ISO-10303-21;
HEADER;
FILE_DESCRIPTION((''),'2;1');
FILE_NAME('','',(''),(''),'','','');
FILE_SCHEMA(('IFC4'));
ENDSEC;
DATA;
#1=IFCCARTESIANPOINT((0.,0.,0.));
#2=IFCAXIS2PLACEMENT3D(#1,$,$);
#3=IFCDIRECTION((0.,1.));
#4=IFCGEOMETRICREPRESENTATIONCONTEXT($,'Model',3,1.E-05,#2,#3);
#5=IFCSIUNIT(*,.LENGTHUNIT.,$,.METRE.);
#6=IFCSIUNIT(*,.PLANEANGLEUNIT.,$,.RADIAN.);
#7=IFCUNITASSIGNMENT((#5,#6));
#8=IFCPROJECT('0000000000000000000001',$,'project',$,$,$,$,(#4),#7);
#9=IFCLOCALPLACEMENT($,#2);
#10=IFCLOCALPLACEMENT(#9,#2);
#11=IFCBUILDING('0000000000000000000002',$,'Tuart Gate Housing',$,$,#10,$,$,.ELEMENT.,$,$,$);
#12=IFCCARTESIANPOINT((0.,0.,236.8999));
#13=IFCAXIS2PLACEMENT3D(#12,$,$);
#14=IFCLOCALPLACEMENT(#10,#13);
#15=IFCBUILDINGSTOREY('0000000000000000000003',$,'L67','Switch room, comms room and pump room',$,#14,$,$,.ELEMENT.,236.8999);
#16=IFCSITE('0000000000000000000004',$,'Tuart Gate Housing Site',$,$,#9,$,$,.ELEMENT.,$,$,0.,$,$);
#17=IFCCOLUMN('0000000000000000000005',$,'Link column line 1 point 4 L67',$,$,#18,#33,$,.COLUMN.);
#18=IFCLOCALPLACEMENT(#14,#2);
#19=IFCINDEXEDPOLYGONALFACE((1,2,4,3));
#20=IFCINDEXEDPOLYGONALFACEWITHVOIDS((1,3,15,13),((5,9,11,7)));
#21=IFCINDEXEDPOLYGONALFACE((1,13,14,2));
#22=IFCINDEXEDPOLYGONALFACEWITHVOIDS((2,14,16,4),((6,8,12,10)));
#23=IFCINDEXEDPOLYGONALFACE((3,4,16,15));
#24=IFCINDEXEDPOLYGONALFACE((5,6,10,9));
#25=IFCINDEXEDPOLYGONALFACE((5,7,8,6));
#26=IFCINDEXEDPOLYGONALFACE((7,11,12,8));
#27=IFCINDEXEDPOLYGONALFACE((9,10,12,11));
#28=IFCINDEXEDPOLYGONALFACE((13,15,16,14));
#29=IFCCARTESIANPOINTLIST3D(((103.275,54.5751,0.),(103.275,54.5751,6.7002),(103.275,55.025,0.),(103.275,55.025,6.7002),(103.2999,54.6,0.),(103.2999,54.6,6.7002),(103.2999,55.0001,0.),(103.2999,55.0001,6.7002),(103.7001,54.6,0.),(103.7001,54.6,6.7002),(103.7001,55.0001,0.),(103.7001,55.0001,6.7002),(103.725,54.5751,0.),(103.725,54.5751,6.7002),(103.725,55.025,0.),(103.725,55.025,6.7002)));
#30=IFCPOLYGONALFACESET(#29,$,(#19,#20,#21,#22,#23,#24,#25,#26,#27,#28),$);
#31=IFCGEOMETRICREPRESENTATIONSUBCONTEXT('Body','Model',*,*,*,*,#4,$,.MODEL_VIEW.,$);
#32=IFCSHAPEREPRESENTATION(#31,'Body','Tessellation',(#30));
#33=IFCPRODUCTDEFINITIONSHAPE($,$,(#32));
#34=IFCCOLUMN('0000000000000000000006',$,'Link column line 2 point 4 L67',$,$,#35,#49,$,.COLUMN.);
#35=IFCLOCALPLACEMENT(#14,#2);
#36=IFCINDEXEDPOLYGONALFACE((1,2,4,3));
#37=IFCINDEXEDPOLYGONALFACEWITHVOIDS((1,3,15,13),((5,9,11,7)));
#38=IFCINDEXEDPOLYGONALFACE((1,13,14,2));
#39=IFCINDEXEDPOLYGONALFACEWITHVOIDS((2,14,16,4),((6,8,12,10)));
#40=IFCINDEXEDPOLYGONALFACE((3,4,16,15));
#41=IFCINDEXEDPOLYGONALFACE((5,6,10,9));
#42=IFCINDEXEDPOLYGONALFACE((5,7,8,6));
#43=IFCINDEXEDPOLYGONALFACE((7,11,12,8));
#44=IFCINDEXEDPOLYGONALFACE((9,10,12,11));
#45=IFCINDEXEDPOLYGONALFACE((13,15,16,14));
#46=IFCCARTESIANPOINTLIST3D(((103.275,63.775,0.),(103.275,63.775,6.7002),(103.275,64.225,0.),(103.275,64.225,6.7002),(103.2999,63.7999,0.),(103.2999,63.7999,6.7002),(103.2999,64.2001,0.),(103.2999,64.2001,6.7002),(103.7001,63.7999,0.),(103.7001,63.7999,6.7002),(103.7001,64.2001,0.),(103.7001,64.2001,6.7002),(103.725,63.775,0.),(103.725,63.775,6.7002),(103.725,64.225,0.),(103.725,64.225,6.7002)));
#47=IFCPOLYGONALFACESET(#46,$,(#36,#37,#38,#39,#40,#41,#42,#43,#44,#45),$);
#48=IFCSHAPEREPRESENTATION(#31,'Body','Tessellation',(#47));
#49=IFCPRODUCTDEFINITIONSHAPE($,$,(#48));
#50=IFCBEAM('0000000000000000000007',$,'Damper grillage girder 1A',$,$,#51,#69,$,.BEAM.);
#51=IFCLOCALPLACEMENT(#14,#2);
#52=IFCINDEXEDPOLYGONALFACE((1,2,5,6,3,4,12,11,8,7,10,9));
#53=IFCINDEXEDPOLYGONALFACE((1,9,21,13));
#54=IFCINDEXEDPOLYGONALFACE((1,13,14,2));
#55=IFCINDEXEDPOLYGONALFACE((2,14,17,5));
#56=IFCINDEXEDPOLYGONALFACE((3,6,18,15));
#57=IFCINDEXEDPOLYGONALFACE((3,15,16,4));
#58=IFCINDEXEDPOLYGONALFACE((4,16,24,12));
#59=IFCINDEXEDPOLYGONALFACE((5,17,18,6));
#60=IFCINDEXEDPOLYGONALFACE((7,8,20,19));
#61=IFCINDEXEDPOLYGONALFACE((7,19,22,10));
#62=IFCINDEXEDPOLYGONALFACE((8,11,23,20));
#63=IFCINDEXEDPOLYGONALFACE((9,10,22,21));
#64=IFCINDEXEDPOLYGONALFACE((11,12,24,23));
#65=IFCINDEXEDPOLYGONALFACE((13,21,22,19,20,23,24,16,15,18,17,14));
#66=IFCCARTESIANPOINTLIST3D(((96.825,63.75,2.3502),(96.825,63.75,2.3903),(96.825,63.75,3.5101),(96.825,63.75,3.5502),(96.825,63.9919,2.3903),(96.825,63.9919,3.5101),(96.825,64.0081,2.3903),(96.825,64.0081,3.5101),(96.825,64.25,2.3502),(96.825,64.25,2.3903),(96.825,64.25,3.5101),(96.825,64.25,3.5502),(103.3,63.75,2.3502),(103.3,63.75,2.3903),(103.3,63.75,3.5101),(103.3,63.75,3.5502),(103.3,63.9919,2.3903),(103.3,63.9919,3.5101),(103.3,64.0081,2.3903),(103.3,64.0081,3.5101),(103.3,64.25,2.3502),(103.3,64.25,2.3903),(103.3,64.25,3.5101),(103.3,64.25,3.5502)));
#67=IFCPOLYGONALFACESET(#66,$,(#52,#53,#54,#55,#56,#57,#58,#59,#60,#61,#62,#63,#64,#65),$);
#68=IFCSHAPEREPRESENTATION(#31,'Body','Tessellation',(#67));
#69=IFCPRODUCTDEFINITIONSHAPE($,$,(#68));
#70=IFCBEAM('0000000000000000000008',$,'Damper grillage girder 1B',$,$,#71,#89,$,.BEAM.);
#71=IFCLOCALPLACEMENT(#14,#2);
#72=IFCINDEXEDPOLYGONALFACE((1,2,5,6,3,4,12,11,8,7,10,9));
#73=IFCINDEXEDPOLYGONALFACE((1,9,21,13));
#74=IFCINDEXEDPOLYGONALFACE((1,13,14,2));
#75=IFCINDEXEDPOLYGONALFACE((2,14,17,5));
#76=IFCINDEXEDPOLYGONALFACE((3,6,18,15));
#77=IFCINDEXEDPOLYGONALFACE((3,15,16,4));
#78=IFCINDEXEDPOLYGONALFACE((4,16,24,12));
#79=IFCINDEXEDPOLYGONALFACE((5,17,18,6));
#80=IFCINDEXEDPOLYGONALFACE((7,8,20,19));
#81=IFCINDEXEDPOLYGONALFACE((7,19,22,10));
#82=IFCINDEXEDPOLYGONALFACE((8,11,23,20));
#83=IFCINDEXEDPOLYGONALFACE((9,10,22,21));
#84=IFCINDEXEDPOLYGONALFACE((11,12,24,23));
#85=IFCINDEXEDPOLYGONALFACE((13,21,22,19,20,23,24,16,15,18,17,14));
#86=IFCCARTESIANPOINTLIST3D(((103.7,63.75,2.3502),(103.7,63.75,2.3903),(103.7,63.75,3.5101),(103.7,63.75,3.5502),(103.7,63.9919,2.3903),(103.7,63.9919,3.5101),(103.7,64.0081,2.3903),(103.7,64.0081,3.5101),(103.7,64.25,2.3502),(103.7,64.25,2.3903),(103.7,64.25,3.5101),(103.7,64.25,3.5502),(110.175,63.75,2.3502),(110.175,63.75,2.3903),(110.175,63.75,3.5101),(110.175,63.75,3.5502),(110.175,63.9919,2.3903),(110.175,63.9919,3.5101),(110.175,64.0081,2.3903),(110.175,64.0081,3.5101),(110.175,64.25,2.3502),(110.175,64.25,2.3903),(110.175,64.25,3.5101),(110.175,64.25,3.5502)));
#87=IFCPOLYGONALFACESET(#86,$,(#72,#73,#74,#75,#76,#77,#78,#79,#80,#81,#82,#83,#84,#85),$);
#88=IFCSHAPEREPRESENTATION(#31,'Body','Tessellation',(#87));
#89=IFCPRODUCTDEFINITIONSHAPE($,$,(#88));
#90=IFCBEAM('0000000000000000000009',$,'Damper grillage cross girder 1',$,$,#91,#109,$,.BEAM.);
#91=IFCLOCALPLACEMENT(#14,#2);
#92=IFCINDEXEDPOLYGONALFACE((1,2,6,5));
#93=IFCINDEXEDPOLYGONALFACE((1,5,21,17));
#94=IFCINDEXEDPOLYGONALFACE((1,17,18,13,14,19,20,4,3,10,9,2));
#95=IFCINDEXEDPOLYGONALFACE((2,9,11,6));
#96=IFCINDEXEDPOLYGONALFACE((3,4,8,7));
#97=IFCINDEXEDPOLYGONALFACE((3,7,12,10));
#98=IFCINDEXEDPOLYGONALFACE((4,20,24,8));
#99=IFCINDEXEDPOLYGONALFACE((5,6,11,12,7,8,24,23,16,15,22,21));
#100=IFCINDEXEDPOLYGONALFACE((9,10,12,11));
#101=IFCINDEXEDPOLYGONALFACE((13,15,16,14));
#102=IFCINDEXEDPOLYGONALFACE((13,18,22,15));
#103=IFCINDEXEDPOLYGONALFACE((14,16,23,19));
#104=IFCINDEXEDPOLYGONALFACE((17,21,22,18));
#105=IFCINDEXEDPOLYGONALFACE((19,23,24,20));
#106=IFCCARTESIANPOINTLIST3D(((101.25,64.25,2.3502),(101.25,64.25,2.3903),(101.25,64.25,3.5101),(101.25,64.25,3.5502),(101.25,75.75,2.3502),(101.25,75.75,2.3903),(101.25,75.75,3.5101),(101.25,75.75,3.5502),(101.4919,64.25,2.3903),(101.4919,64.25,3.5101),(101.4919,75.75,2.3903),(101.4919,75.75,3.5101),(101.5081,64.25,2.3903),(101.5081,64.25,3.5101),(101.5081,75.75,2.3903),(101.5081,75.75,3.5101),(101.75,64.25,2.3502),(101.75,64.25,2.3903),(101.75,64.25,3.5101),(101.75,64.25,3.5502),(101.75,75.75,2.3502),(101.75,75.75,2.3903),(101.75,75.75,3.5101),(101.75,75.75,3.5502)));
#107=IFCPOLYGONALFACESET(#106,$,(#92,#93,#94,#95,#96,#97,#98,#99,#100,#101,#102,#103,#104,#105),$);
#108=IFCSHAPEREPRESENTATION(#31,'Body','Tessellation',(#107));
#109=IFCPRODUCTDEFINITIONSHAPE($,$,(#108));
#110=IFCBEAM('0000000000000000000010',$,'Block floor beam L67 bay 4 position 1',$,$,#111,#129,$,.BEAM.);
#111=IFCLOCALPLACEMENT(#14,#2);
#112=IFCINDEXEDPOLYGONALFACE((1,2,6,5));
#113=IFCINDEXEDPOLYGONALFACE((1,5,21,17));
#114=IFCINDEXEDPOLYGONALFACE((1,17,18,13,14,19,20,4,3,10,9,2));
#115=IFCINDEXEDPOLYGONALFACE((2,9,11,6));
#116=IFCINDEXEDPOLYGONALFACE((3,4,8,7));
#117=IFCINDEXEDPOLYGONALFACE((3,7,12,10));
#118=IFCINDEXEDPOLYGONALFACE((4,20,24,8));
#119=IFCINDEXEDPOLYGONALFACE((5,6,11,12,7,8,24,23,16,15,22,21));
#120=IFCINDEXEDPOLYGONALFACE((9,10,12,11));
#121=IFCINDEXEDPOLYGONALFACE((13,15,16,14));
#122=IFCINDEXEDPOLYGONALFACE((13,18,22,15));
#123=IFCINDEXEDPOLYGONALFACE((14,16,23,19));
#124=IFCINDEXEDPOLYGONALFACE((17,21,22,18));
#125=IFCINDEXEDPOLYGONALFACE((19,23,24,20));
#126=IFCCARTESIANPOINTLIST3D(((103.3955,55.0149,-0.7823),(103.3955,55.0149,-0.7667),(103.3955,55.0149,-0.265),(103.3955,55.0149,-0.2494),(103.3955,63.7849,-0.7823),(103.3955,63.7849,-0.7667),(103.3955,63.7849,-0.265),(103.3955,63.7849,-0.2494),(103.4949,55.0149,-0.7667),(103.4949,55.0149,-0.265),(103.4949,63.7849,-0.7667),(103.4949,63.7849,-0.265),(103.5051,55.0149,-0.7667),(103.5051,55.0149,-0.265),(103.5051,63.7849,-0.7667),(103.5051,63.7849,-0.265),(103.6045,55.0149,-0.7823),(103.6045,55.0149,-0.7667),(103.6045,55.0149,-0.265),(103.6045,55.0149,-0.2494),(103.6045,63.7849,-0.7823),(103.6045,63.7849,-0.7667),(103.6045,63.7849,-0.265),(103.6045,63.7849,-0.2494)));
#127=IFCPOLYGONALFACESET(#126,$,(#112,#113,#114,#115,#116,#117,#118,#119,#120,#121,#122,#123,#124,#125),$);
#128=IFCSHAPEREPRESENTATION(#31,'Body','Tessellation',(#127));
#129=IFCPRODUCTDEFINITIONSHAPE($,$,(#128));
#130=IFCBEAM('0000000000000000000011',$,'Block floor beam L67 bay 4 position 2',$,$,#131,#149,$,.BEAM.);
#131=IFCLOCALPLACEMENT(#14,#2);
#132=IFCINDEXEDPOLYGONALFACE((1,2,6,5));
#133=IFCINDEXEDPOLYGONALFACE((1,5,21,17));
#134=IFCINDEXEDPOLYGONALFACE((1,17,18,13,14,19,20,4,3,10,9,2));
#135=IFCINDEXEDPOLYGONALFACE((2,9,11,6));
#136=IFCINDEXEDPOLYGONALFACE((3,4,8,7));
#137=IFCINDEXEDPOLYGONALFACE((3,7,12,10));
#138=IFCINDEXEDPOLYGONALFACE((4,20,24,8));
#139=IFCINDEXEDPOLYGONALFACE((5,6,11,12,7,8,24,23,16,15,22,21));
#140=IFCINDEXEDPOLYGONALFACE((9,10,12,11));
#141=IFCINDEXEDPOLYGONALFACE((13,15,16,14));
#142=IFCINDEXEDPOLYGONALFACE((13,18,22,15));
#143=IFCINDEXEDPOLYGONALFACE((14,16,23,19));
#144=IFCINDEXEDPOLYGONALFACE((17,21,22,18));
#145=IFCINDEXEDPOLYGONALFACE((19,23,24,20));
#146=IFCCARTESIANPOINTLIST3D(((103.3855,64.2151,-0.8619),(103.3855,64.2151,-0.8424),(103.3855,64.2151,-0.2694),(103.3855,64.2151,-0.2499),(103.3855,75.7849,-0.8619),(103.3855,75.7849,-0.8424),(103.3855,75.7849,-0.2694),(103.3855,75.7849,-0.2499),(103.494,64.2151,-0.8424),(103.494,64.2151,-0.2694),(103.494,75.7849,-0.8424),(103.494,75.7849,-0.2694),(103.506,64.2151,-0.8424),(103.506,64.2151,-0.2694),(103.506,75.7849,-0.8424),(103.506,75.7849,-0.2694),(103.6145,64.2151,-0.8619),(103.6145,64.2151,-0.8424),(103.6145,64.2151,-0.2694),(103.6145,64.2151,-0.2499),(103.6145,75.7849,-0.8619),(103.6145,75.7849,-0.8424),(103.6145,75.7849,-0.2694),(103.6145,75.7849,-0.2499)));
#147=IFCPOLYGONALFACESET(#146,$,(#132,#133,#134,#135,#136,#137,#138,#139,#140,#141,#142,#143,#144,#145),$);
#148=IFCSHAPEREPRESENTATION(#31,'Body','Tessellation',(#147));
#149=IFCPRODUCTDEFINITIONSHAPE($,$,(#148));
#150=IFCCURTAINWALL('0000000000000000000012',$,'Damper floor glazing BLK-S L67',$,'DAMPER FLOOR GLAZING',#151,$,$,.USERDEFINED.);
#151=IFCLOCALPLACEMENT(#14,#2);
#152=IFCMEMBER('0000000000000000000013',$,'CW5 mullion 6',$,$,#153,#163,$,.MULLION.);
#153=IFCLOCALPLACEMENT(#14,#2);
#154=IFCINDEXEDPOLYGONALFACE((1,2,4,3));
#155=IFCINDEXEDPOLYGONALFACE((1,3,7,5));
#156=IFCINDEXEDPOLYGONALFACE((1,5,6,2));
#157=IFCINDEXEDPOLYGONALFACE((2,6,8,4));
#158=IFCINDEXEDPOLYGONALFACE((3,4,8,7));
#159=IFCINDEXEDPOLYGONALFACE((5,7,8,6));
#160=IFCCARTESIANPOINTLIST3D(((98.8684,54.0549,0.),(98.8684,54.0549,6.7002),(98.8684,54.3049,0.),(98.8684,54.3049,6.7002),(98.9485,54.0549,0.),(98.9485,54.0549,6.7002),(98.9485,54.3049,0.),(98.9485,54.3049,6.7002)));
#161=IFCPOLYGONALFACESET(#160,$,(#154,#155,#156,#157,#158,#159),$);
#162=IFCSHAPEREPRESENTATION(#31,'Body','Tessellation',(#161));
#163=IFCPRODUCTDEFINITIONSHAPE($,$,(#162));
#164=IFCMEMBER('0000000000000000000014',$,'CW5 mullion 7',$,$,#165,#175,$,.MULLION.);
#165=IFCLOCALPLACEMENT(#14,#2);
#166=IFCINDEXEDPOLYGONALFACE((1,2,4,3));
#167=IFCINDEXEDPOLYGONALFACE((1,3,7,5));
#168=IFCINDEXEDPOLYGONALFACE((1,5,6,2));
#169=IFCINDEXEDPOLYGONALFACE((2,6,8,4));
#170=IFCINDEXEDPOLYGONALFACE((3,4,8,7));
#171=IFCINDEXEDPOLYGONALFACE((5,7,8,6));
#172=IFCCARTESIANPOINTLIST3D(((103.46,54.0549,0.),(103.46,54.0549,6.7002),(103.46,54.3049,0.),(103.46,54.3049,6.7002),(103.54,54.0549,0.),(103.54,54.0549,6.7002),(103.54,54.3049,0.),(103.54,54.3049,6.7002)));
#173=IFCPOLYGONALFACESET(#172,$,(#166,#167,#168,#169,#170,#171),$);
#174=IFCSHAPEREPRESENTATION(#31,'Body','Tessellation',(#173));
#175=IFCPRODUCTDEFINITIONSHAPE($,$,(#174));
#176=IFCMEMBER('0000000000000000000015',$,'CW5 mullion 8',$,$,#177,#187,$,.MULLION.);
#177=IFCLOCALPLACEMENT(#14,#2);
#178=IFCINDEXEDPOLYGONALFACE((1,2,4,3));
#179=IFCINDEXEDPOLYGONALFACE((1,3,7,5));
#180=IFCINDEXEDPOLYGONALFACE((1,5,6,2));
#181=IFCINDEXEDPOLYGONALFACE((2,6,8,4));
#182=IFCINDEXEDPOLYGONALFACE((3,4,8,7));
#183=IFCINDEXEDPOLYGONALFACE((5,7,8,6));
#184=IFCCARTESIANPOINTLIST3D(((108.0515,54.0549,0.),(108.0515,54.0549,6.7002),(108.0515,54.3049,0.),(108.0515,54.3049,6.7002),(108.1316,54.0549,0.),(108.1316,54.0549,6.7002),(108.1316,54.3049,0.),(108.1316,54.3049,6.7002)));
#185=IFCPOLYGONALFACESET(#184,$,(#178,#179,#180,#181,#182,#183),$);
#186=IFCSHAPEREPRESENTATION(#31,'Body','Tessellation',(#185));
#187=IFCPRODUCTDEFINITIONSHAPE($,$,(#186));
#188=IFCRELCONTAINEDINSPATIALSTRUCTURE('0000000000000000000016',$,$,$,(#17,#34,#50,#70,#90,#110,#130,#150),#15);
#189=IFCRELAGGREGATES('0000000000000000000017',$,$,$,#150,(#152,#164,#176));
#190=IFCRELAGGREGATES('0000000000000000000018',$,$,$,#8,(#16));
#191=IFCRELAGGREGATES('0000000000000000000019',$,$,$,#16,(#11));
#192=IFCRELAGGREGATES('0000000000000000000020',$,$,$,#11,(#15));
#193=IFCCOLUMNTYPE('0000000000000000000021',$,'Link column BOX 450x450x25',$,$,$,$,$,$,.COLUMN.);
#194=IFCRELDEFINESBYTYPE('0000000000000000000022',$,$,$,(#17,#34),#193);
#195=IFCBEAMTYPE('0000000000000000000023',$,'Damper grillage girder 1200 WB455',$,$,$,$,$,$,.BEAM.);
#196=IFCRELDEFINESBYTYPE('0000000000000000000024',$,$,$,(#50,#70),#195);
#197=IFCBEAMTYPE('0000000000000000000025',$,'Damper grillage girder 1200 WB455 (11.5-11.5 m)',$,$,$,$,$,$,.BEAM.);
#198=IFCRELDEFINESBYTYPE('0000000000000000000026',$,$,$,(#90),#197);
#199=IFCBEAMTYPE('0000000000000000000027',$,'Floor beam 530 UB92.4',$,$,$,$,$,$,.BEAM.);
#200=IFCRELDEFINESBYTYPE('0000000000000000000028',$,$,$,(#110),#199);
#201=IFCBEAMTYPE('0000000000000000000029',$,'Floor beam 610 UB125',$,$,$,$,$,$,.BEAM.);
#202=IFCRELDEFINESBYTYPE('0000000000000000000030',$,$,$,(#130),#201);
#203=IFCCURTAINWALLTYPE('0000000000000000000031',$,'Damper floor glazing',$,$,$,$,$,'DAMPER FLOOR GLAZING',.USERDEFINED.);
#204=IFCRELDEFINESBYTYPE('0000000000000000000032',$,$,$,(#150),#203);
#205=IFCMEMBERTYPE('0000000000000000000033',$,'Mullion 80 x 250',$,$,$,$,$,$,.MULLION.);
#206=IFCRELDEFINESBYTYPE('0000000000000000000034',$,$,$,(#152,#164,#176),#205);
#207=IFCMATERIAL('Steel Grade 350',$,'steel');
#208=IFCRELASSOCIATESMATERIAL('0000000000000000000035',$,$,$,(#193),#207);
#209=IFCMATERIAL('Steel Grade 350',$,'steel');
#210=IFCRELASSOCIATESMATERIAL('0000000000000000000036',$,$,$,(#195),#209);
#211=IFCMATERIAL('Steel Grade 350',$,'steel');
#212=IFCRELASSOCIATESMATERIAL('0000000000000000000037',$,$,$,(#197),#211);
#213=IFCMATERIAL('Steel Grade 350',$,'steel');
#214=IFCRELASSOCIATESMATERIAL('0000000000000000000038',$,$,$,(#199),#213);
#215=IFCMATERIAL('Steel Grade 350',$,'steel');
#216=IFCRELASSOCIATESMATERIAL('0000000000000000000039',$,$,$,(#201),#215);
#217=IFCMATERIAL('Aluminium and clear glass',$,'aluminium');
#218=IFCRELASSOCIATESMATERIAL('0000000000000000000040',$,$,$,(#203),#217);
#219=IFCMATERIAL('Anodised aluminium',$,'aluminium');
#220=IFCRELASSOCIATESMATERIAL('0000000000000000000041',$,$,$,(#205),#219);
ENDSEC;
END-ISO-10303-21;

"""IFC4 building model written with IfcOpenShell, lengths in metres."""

from ifc_helpers import new_model, si_unit, direction, frame, origin, origin_2d, place, context, subcontext, project, spatial, rectangle, hollow_rectangle, i_section, extrude, material, material_profile, profile_set, type_object, element, aggregate, save


model = new_model("IFC4")

# Units and contexts
model_context = context("Model", 3, precision=1e-05, world=origin(), true_north=direction((0.0, 1.0)))
body_context = subcontext(model_context, "Body", "Model", "MODEL_VIEW")
ifc_project = project(units=[si_unit("LENGTHUNIT", "METRE"), si_unit("PLANEANGLEUNIT", "RADIAN")], contexts=[model_context])

# Site, building, storey
site_placement = place(None, origin())
site = spatial("IfcSite", under=ifc_project, at=site_placement, Name="Tuart Gate Housing Site", CompositionType="ELEMENT", RefElevation=0.0)
building_placement = place(site_placement, origin())
building = spatial("IfcBuilding", under=site, at=building_placement, Name="Tuart Gate Housing", CompositionType="ELEMENT")
storey_placement = place(building_placement, frame((0.0, 0.0, 236.8999)))
storey = spatial("IfcBuildingStorey", under=building, at=storey_placement, Name="L67", Description="Switch room, comms room and pump room", CompositionType="ELEMENT", Elevation=236.8999)

# Columns
ifc_material_1 = material(Name="Steel Grade 350", Category="steel")
ifc_material_profile_1 = material_profile(ifc_material_1, hollow_rectangle(XDim=0.45, YDim=0.45, WallThickness=0.0249, at=origin_2d()), Name="BOX 450x450x25")
ifc_profile_set_1 = profile_set([ifc_material_profile_1], Name="Steel Grade 350")
column_type = type_object("IfcColumnType", Name="Link column BOX 450x450x25", PredefinedType="COLUMN", material=ifc_profile_set_1)
for number, where, z_axis, x_axis, name in (
    (1, (103.5, 54.8, 0.0), (0.0, 0.0, 1.0), (1.0, 0.0, 0.0), "Link column line 1 point 4 L67"),
    (2, (103.5, 64.0, 0.0), (0.0, 0.0, 1.0), (1.0, 0.0, 0.0), "Link column line 2 point 4 L67"),
):
    element("IfcColumn", number, at=place(storey_placement, frame(where, z_axis=z_axis, x_axis=x_axis)), inside=storey, type_object=column_type, Name=name, PredefinedType="COLUMN", context=body_context, shape_type="SweptSolid", body=[
        extrude(hollow_rectangle(XDim=0.45, YDim=0.45, WallThickness=0.0249, at=origin_2d()), origin(), (0.0, 0.0, 1.0), 6.7002),
    ])

# Beams
ifc_material_2 = material(Name="Steel Grade 350", Category="steel")
ifc_material_profile_2 = material_profile(ifc_material_2, i_section(OverallWidth=0.5, OverallDepth=1.2, WebThickness=0.0161, FlangeThickness=0.04, at=origin_2d()), Name="1200WB455")
ifc_profile_set_2 = profile_set([ifc_material_profile_2], Name="Steel Grade 350")
beam_type_1 = type_object("IfcBeamType", Name="Damper grillage girder 1200 WB455", PredefinedType="BEAM", material=ifc_profile_set_2)
for number, where, z_axis, x_axis, name in (
    (3, (96.825, 64.0, 2.9502), (1.0, 0.0, 0.0), (0.0, 1.0, 0.0), "Damper grillage girder 1A"),
    (4, (103.7, 64.0, 2.9502), (1.0, 0.0, 0.0), (0.0, 1.0, 0.0), "Damper grillage girder 1B"),
):
    element("IfcBeam", number, at=place(storey_placement, frame(where, z_axis=z_axis, x_axis=x_axis)), inside=storey, type_object=beam_type_1, Name=name, PredefinedType="BEAM", context=body_context, shape_type="SweptSolid", body=[
        extrude(i_section(OverallWidth=0.5, OverallDepth=1.2, WebThickness=0.0161, FlangeThickness=0.04, at=origin_2d()), origin(), (0.0, 0.0, 1.0), 6.4751),
    ])
ifc_material_3 = material(Name="Steel Grade 350", Category="steel")
ifc_material_profile_3 = material_profile(ifc_material_3, i_section(OverallWidth=0.5, OverallDepth=1.2, WebThickness=0.0161, FlangeThickness=0.04, at=origin_2d()), Name="1200WB455")
ifc_profile_set_3 = profile_set([ifc_material_profile_3], Name="Steel Grade 350")
beam_type_2 = type_object("IfcBeamType", Name="Damper grillage girder 1200 WB455 (11.5-11.5 m)", PredefinedType="BEAM", material=ifc_profile_set_3)
beam_1_placement = place(storey_placement, frame((101.5, 64.25, 2.9502), z_axis=(0.0, 1.0, 0.0), x_axis=(-1.0, 0.0, 0.0)))
element("IfcBeam", 5, at=beam_1_placement, inside=storey, type_object=beam_type_2, Name="Damper grillage cross girder 1", PredefinedType="BEAM", context=body_context, shape_type="SweptSolid", body=[
    extrude(i_section(OverallWidth=0.5, OverallDepth=1.2, WebThickness=0.0161, FlangeThickness=0.04, at=origin_2d()), origin(), (0.0, 0.0, 1.0), 11.5),
])
ifc_material_4 = material(Name="Steel Grade 350", Category="steel")
ifc_material_profile_4 = material_profile(ifc_material_4, i_section(OverallWidth=0.209, OverallDepth=0.533, WebThickness=0.0103, FlangeThickness=0.0156, at=origin_2d()), Name="530UB92.4")
ifc_profile_set_4 = profile_set([ifc_material_profile_4], Name="Steel Grade 350")
beam_type_3 = type_object("IfcBeamType", Name="Floor beam 530 UB92.4", PredefinedType="BEAM", material=ifc_profile_set_4)
beam_2_placement = place(storey_placement, frame((103.5, 55.0149, -0.5159), z_axis=(0.0, 1.0, 0.0), x_axis=(-1.0, 0.0, 0.0)))
element("IfcBeam", 6, at=beam_2_placement, inside=storey, type_object=beam_type_3, Name="Block floor beam L67 bay 4 position 1", PredefinedType="BEAM", context=body_context, shape_type="SweptSolid", body=[
    extrude(i_section(OverallWidth=0.209, OverallDepth=0.533, WebThickness=0.0103, FlangeThickness=0.0156, at=origin_2d()), origin(), (0.0, 0.0, 1.0), 8.77),
])
ifc_material_5 = material(Name="Steel Grade 350", Category="steel")
ifc_material_profile_5 = material_profile(ifc_material_5, i_section(OverallWidth=0.229, OverallDepth=0.6121, WebThickness=0.012, FlangeThickness=0.0195, at=origin_2d()), Name="610UB125")
ifc_profile_set_5 = profile_set([ifc_material_profile_5], Name="Steel Grade 350")
beam_type_4 = type_object("IfcBeamType", Name="Floor beam 610 UB125", PredefinedType="BEAM", material=ifc_profile_set_5)
beam_3_placement = place(storey_placement, frame((103.5, 64.2151, -0.5559), z_axis=(0.0, 1.0, 0.0), x_axis=(-1.0, 0.0, 0.0)))
element("IfcBeam", 7, at=beam_3_placement, inside=storey, type_object=beam_type_4, Name="Block floor beam L67 bay 4 position 2", PredefinedType="BEAM", context=body_context, shape_type="SweptSolid", body=[
    extrude(i_section(OverallWidth=0.229, OverallDepth=0.6121, WebThickness=0.012, FlangeThickness=0.0195, at=origin_2d()), origin(), (0.0, 0.0, 1.0), 11.5698),
])

# Curtain wall, members
ifc_material_6 = material(Name="Aluminium and clear glass", Category="aluminium")
curtain_wall_type = type_object("IfcCurtainWallType", Name="Damper floor glazing", ElementType="DAMPER FLOOR GLAZING", PredefinedType="USERDEFINED", material=ifc_material_6)
curtain_wall_placement = place(storey_placement, origin())
curtain_wall = element("IfcCurtainWall", 8, at=curtain_wall_placement, inside=storey, type_object=curtain_wall_type, Name="Damper floor glazing BLK-S L67", ObjectType="DAMPER FLOOR GLAZING", PredefinedType="USERDEFINED")
ifc_material_7 = material(Name="Anodised aluminium", Category="aluminium")
ifc_material_profile_6 = material_profile(ifc_material_7, rectangle(XDim=0.0801, YDim=0.25, at=origin_2d()), Name="80x250")
ifc_profile_set_6 = profile_set([ifc_material_profile_6], Name="Anodised aluminium")
member_type_1 = type_object("IfcMemberType", Name="Mullion 80 x 250", PredefinedType="MULLION", material=ifc_profile_set_6)
member_1_placement = place(storey_placement, frame((98.9084, 54.1799, 0.0), z_axis=(0.0, 0.0, 1.0), x_axis=(1.0, 0.0, 0.0)))
member_1 = element("IfcMember", 9, at=member_1_placement, type_object=member_type_1, Name="CW5 mullion 6", PredefinedType="MULLION", context=body_context, shape_type="SweptSolid", body=[
    extrude(rectangle(XDim=0.0801, YDim=0.25, at=origin_2d()), origin(), (0.0, 0.0, 1.0), 6.7002),
])
member_2_placement = place(storey_placement, frame((103.5, 54.1799, 0.0), z_axis=(0.0, 0.0, 1.0), x_axis=(1.0, 0.0, 0.0)))
member_2 = element("IfcMember", 10, at=member_2_placement, type_object=member_type_1, Name="CW5 mullion 7", PredefinedType="MULLION", context=body_context, shape_type="SweptSolid", body=[
    extrude(rectangle(XDim=0.0801, YDim=0.25, at=origin_2d()), origin(), (0.0, 0.0, 1.0), 6.7002),
])
member_3_placement = place(storey_placement, frame((108.0916, 54.1799, 0.0), z_axis=(0.0, 0.0, 1.0), x_axis=(1.0, 0.0, 0.0)))
member_3 = element("IfcMember", 11, at=member_3_placement, type_object=member_type_1, Name="CW5 mullion 8", PredefinedType="MULLION", context=body_context, shape_type="SweptSolid", body=[
    extrude(rectangle(XDim=0.0801, YDim=0.25, at=origin_2d()), origin(), (0.0, 0.0, 1.0), 6.7002),
])
aggregate(curtain_wall, [member_1, member_2, member_3])

save(model, "model.ifc")
